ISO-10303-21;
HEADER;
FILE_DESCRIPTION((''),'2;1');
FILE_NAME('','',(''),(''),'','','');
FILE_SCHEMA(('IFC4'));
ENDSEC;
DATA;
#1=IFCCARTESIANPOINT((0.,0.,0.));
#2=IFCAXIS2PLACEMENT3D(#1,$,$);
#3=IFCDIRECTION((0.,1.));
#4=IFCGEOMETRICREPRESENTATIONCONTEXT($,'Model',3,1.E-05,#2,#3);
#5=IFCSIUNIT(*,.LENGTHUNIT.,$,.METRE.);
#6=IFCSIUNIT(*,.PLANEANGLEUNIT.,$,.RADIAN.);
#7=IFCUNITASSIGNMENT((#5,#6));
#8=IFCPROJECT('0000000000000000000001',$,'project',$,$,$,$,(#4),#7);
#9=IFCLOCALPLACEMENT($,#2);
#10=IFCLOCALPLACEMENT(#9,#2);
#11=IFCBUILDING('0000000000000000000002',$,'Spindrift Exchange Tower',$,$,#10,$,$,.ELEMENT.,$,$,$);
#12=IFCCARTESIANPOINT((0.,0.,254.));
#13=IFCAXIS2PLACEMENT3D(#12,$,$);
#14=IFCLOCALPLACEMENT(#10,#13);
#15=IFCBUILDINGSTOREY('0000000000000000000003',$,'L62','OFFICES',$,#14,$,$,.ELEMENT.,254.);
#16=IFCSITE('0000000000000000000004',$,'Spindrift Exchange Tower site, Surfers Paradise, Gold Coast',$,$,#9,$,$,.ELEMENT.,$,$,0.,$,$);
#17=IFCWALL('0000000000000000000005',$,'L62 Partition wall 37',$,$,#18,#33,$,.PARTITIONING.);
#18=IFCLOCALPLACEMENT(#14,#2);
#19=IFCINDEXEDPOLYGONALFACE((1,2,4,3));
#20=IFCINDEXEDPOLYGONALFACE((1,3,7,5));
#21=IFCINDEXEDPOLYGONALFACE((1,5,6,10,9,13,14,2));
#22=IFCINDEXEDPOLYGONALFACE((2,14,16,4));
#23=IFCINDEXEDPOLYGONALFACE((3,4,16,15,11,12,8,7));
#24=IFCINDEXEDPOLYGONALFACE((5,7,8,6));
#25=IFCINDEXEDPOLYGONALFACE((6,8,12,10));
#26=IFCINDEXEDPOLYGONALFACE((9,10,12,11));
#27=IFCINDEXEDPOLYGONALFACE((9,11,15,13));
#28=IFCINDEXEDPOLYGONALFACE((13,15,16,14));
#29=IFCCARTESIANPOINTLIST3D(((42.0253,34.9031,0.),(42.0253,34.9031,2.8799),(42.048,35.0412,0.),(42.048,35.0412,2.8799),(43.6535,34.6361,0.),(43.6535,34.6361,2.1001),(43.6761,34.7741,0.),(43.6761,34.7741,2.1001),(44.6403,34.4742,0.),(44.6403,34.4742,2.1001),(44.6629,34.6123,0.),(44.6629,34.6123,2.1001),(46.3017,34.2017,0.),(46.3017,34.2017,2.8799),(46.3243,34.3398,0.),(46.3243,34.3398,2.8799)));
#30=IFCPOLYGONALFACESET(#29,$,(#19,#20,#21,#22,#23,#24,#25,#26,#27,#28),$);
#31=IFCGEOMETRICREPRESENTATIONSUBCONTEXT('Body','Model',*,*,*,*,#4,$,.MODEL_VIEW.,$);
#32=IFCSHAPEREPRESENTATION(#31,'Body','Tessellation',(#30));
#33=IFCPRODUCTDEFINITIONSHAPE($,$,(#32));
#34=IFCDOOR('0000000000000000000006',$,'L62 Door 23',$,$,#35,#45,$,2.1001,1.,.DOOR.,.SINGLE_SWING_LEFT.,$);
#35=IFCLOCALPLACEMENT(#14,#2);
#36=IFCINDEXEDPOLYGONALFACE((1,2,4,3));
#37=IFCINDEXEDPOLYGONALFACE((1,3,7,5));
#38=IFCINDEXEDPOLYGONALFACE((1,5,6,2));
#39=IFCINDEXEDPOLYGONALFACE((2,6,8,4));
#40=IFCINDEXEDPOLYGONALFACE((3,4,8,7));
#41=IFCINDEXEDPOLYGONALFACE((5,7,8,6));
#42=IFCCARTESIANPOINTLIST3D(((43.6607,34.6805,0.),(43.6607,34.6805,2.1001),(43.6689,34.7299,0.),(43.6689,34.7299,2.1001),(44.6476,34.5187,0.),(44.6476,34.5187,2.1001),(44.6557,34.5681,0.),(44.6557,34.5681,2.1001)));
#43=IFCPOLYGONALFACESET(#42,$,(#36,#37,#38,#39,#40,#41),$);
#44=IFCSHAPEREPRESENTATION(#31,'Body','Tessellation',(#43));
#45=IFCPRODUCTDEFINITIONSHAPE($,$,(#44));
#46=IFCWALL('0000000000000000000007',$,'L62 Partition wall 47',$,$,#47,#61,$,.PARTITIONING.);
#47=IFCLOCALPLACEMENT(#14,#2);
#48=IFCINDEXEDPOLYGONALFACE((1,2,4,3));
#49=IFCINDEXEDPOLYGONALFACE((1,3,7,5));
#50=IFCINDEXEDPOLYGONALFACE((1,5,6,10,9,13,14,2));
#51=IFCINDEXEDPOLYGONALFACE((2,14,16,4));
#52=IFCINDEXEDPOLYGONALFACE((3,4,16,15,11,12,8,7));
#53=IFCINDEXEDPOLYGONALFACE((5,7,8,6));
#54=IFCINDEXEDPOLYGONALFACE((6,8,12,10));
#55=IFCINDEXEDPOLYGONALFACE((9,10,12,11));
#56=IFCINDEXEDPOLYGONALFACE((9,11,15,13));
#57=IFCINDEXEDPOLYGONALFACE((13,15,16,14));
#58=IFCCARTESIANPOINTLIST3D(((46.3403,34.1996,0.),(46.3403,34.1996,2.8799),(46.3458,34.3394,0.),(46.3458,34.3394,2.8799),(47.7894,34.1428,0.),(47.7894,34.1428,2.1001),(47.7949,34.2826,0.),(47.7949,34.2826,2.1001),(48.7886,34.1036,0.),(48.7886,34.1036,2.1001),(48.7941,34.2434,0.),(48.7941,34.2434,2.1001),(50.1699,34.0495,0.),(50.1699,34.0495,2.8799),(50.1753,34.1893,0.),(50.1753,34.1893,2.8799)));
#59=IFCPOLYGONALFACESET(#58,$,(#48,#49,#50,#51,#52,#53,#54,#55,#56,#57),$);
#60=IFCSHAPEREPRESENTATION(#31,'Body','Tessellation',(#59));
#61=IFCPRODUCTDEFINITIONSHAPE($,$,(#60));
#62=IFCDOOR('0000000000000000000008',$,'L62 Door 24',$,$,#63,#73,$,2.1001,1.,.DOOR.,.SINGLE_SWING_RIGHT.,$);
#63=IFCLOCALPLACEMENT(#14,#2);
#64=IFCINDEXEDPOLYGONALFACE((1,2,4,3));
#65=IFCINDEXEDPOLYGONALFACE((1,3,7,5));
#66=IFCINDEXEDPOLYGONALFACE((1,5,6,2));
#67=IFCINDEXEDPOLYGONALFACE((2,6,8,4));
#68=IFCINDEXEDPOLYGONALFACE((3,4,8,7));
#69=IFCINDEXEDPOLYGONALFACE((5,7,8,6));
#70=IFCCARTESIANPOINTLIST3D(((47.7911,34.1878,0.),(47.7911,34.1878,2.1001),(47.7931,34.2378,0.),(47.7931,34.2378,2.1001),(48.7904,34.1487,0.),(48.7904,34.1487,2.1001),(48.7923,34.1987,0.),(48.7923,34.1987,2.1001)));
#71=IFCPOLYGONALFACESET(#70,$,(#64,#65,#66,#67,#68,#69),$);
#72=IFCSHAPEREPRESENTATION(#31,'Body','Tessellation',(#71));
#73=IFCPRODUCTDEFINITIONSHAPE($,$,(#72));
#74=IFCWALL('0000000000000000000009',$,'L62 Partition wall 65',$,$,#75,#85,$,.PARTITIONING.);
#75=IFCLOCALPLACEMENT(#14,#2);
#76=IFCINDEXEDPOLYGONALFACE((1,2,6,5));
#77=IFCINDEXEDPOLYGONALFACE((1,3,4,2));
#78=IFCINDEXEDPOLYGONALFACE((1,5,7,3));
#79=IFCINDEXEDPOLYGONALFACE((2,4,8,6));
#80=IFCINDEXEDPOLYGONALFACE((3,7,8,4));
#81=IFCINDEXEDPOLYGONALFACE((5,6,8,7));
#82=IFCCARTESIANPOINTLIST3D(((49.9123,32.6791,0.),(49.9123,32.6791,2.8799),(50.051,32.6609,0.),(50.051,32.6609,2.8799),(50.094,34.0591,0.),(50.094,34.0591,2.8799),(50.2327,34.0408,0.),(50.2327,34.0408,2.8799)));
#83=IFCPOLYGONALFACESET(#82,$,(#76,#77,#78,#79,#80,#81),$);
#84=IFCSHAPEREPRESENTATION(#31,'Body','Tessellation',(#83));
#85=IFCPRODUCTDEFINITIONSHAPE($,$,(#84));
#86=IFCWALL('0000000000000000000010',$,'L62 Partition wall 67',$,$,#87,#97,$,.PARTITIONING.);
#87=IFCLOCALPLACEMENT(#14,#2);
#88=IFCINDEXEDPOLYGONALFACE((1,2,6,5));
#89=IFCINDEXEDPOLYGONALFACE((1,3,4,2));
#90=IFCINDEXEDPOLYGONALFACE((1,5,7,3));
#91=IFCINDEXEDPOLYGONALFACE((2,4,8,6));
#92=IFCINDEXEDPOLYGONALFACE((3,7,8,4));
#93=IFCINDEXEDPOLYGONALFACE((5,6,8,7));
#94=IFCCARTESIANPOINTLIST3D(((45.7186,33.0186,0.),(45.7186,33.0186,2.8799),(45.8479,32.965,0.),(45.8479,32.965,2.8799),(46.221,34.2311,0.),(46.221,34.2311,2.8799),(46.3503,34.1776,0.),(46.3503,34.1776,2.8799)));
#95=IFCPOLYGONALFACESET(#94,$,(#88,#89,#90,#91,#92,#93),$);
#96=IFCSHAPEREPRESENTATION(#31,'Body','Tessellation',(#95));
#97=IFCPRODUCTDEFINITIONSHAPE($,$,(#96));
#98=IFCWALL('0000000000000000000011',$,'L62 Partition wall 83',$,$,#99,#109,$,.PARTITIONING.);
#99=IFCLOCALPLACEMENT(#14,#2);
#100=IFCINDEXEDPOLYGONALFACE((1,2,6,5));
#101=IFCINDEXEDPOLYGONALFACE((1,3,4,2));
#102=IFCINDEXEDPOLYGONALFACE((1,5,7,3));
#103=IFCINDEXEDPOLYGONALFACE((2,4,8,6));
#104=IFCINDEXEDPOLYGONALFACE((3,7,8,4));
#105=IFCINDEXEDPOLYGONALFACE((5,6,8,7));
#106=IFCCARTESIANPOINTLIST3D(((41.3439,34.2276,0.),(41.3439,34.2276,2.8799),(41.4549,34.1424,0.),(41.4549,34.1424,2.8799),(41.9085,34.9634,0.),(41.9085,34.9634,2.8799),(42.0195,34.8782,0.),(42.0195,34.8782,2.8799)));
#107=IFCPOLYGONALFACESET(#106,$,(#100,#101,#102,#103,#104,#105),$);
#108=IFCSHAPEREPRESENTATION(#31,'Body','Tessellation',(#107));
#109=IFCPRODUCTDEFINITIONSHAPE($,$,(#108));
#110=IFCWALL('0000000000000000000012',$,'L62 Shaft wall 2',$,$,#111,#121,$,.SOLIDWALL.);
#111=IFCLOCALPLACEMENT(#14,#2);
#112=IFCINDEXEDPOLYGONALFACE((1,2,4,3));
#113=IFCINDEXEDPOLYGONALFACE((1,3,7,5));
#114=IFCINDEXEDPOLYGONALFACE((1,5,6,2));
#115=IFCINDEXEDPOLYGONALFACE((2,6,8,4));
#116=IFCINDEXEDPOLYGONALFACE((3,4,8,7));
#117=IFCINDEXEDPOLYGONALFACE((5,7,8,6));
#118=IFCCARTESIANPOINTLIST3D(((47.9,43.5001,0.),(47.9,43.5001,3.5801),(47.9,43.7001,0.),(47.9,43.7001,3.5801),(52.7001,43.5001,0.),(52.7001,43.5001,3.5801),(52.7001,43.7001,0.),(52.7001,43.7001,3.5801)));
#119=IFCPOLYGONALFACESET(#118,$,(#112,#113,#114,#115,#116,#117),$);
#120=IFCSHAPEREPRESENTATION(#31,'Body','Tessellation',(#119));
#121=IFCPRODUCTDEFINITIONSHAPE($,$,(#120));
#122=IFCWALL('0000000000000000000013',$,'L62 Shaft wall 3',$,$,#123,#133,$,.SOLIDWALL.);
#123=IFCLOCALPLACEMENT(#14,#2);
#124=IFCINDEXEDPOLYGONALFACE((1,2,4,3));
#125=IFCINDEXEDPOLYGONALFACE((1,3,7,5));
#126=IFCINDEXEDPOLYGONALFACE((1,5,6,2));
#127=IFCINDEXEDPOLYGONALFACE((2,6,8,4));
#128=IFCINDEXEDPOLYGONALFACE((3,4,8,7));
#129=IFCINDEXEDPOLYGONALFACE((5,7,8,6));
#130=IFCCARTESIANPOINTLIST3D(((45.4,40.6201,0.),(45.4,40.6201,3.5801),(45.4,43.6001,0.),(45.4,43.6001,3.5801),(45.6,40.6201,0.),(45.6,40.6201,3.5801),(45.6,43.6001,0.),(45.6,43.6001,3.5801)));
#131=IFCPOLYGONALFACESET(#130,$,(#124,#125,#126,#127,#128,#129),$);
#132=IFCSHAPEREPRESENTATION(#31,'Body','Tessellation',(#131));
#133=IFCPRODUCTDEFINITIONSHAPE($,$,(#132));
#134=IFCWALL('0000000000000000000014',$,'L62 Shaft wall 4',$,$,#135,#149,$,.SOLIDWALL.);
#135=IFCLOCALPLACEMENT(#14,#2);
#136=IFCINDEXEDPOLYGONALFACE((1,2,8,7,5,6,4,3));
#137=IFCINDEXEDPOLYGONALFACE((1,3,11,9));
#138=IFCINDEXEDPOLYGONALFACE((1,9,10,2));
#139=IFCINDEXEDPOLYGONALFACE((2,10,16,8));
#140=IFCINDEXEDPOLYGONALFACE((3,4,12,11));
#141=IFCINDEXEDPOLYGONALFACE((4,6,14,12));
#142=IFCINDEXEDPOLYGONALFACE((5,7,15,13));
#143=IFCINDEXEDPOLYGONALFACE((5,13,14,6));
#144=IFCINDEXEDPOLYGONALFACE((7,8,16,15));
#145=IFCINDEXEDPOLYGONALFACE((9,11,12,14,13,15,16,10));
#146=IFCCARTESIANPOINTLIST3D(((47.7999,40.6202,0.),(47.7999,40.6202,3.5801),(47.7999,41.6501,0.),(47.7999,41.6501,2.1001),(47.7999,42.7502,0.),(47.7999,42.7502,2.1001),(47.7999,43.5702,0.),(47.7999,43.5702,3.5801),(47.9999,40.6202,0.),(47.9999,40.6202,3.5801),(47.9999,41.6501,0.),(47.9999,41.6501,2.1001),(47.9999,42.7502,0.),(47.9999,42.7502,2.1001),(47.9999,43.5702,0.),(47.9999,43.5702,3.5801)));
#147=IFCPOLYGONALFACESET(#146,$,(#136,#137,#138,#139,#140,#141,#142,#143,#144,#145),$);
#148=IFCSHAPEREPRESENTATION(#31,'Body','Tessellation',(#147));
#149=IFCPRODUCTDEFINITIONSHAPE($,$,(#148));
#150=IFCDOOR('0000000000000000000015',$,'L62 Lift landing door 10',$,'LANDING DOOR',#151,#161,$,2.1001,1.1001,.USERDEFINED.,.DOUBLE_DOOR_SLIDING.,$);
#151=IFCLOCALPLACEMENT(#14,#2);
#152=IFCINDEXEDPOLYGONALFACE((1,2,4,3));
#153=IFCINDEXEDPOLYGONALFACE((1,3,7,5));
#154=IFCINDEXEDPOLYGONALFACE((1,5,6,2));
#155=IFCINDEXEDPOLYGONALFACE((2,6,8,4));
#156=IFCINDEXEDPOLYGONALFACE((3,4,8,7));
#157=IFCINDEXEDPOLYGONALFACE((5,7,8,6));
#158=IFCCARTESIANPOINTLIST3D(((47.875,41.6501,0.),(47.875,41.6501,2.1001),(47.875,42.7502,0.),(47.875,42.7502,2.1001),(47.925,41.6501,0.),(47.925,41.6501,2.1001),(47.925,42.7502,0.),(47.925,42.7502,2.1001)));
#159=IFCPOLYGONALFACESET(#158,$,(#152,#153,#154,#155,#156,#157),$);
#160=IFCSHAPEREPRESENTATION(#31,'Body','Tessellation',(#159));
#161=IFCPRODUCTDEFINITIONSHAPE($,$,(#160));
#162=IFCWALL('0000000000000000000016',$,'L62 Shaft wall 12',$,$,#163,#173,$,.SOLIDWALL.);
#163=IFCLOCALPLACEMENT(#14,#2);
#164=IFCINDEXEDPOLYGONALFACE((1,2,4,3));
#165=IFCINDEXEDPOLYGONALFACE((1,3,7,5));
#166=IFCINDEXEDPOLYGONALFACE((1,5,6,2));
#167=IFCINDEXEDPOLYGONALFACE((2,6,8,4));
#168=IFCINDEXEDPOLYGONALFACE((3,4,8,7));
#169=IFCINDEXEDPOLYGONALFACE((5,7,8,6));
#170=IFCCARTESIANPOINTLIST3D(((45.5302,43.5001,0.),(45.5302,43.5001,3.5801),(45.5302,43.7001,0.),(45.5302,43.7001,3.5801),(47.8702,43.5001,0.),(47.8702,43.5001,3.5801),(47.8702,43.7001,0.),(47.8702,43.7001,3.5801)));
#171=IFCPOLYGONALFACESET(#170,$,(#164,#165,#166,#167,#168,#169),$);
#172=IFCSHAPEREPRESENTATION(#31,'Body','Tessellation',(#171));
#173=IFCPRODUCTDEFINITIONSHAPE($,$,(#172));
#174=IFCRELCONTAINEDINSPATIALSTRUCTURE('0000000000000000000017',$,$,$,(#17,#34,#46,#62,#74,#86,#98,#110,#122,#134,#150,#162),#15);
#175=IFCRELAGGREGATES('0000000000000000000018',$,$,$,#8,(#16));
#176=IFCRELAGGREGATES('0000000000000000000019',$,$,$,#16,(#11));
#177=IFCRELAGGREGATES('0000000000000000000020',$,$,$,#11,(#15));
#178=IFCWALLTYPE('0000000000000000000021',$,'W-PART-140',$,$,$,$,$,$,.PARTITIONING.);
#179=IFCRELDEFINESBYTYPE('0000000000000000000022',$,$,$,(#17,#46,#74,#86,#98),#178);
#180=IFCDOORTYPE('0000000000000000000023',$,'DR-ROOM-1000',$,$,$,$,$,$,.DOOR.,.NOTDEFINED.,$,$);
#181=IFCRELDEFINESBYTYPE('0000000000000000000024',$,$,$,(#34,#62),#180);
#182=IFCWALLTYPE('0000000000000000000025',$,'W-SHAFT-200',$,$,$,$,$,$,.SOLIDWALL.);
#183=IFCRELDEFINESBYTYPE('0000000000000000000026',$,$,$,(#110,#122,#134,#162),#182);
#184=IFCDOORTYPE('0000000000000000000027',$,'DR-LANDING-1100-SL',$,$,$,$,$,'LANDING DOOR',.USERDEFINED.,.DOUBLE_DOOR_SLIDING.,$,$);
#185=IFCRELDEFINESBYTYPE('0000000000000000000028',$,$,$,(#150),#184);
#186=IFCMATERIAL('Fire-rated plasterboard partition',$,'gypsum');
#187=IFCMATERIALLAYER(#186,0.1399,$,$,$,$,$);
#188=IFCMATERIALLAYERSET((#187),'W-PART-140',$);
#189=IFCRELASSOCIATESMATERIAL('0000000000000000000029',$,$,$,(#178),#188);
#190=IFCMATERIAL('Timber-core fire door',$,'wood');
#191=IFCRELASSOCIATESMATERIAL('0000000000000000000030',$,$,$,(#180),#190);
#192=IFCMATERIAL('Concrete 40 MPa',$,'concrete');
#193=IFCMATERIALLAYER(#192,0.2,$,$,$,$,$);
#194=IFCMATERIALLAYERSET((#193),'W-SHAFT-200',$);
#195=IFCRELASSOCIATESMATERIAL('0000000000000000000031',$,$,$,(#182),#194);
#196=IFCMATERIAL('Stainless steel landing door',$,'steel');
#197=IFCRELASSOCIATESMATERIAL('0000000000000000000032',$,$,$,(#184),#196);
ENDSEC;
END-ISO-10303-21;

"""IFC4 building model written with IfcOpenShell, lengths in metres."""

from ifc_helpers import new_model, si_unit, direction, frame, frame_2d, origin, place, context, subcontext, project, spatial, rectangle, extrude, source, transform, mapped, material, layer, layer_set, type_object, element, fill, save


model = new_model("IFC4")

# Units and contexts
model_context = context("Model", 3, precision=1e-05, world=origin(), true_north=direction((0.0, 1.0)))
body_context = subcontext(model_context, "Body", "Model", "MODEL_VIEW")
ifc_project = project(units=[si_unit("LENGTHUNIT", "METRE"), si_unit("PLANEANGLEUNIT", "RADIAN")], contexts=[model_context])

# Site, building, storey
site_placement = place(None, origin())
site = spatial("IfcSite", under=ifc_project, at=site_placement, Name="Spindrift Exchange Tower site, Surfers Paradise, Gold Coast", CompositionType="ELEMENT", RefElevation=0.0)
building_placement = place(site_placement, origin())
building = spatial("IfcBuilding", under=site, at=building_placement, Name="Spindrift Exchange Tower", CompositionType="ELEMENT")
storey_placement = place(building_placement, frame((0.0, 0.0, 254.0)))
storey = spatial("IfcBuildingStorey", under=building, at=storey_placement, Name="L62", Description="OFFICES", CompositionType="ELEMENT", Elevation=254.0)

# Shared definitions
ifc_material_1 = material(Name="Concrete 40 MPa", Category="concrete")

# Shared definitions
ifc_material_2 = material(Name="Timber-core fire door", Category="wood")

# Walls, openings, doors
ifc_material_3 = material(Name="Fire-rated plasterboard partition", Category="gypsum")
ifc_layer_1 = layer(ifc_material_3, 0.1399)
ifc_layer_set_1 = layer_set([ifc_layer_1], Name="W-PART-140")
wall_type_1 = type_object("IfcWallType", Name="W-PART-140", PredefinedType="PARTITIONING", material=ifc_layer_set_1)
door_type_1 = type_object("IfcDoorType", Name="DR-ROOM-1000", OperationType="NOTDEFINED", PredefinedType="DOOR", material=ifc_material_2)
shared_shape_1 = source(origin(), body_context, "Body", "SweptSolid", [
    extrude(rectangle(XDim=1.0, YDim=2.1001, at=frame_2d((0.5, 1.05))), frame((0.0, 0.0249, 0.0), z_axis=(0.0, -1.0, 0.0), x_axis=(1.0, 0.0, 0.0)), (0.0, 0.0, 1.0), 0.05),
])
wall_1_placement = place(storey_placement, frame((46.313, 34.2708, 0.0), z_axis=(0.0, 0.0, 1.0), x_axis=(-0.986814, 0.161859, 0.0)))
wall_1 = element("IfcWall", 1, at=wall_1_placement, inside=storey, type_object=wall_type_1, Name="L62 Partition wall 37", PredefinedType="PARTITIONING", context=body_context, shape_type="SweptSolid", body=[
    extrude(rectangle(XDim=4.3335, YDim=0.1399, at=frame_2d((2.1667, 0.0))), origin(), (0.0, 0.0, 1.0), 2.8799),
])
opening_1_placement = place(wall_1_placement, frame((1.6836, 0.0, 0.0)))
opening_1 = element("IfcOpeningElement", 2, at=opening_1_placement, cuts=wall_1, PredefinedType="OPENING", context=body_context, shape_type="SweptSolid", body=[
    extrude(rectangle(XDim=1.0, YDim=2.1001, at=frame_2d((0.5, 1.05))), frame((0.0, 0.0798, 0.0), z_axis=(0.0, -1.0, 0.0), x_axis=(1.0, 0.0, 0.0)), (0.0, 0.0, 1.0), 0.1599),
])
door_1_placement = place(opening_1_placement, origin())
door_1 = element("IfcDoor", 3, at=door_1_placement, inside=storey, type_object=door_type_1, Name="L62 Door 23", OperationType="SINGLE_SWING_LEFT", OverallHeight=2.1001, OverallWidth=1.0, PredefinedType="DOOR", context=body_context, shape_type="MappedRepresentation", body=[
    mapped(shared_shape_1, transform((0.0, 0.0, 0.0), scale=1.0)),
])
fill(opening_1, door_1)
wall_2_placement = place(storey_placement, frame((50.1726, 34.1194, 0.0), z_axis=(0.0, 0.0, 1.0), x_axis=(-0.999232, 0.039177, 0.0)))
wall_2 = element("IfcWall", 4, at=wall_2_placement, inside=storey, type_object=wall_type_1, Name="L62 Partition wall 47", PredefinedType="PARTITIONING", context=body_context, shape_type="SweptSolid", body=[
    extrude(rectangle(XDim=3.8325, YDim=0.1399, at=frame_2d((1.9163, 0.0))), origin(), (0.0, 0.0, 1.0), 2.8799),
])
opening_2_placement = place(wall_2_placement, frame((1.3823, 0.0, 0.0)))
opening_2 = element("IfcOpeningElement", 5, at=opening_2_placement, cuts=wall_2, PredefinedType="OPENING", context=body_context, shape_type="SweptSolid", body=[
    extrude(rectangle(XDim=1.0, YDim=2.1001, at=frame_2d((0.5, 1.05))), frame((0.0, 0.0798, 0.0), z_axis=(0.0, -1.0, 0.0), x_axis=(1.0, 0.0, 0.0)), (0.0, 0.0, 1.0), 0.1599),
])
door_2_placement = place(opening_2_placement, origin())
door_2 = element("IfcDoor", 6, at=door_2_placement, inside=storey, type_object=door_type_1, Name="L62 Door 24", OperationType="SINGLE_SWING_RIGHT", OverallHeight=2.1001, OverallWidth=1.0, PredefinedType="DOOR", context=body_context, shape_type="MappedRepresentation", body=[
    mapped(shared_shape_1, transform((0.0, 0.0, 0.0), scale=1.0)),
])
fill(opening_2, door_2)

# Walls
wall_3_placement = place(storey_placement, frame((50.1633, 34.0498, 0.0), z_axis=(0.0, 0.0, 1.0), x_axis=(-0.130509, -0.991447, 0.0)))
element("IfcWall", 7, at=wall_3_placement, inside=storey, type_object=wall_type_1, Name="L62 Partition wall 65", PredefinedType="PARTITIONING", context=body_context, shape_type="SweptSolid", body=[
    extrude(rectangle(XDim=1.3918, YDim=0.1399, at=frame_2d((0.6958, 0.0))), origin(), (0.0, 0.0, 1.0), 2.8799),
])
wall_4_placement = place(storey_placement, frame((46.2856, 34.2043, 0.0), z_axis=(0.0, 0.0, 1.0), x_axis=(-0.382779, -0.92384, 0.0)))
element("IfcWall", 8, at=wall_4_placement, inside=storey, type_object=wall_type_1, Name="L62 Partition wall 67", PredefinedType="PARTITIONING", context=body_context, shape_type="SweptSolid", body=[
    extrude(rectangle(XDim=1.3125, YDim=0.1399, at=frame_2d((0.6562, 0.0))), origin(), (0.0, 0.0, 1.0), 2.8799),
])
wall_5_placement = place(storey_placement, frame((41.9641, 34.9209, 0.0), z_axis=(0.0, 0.0, 1.0), x_axis=(-0.608807, -0.793318, 0.0)))
element("IfcWall", 9, at=wall_5_placement, inside=storey, type_object=wall_type_1, Name="L62 Partition wall 83", PredefinedType="PARTITIONING", context=body_context, shape_type="SweptSolid", body=[
    extrude(rectangle(XDim=0.9275, YDim=0.1399, at=frame_2d((0.4639, 0.0))), origin(), (0.0, 0.0, 1.0), 2.8799),
])
ifc_layer_2 = layer(ifc_material_1, 0.2)
ifc_layer_set_2 = layer_set([ifc_layer_2], Name="W-SHAFT-200")
wall_type_2 = type_object("IfcWallType", Name="W-SHAFT-200", PredefinedType="SOLIDWALL", material=ifc_layer_set_2)
wall_6_placement = place(storey_placement, frame((52.7, 43.6001, 0.0), z_axis=(0.0, 0.0, 1.0), x_axis=(-1.0, 0.0, 0.0)))
element("IfcWall", 10, at=wall_6_placement, inside=storey, type_object=wall_type_2, Name="L62 Shaft wall 2", PredefinedType="SOLIDWALL", context=body_context, shape_type="SweptSolid", body=[
    extrude(rectangle(XDim=4.8, YDim=0.2, at=frame_2d((2.3999, 0.0))), origin(), (0.0, 0.0, 1.0), 3.5801),
])
wall_7_placement = place(storey_placement, frame((45.5, 43.6001, 0.0), z_axis=(0.0, 0.0, 1.0), x_axis=(0.0, -1.0, 0.0)))
element("IfcWall", 11, at=wall_7_placement, inside=storey, type_object=wall_type_2, Name="L62 Shaft wall 3", PredefinedType="SOLIDWALL", context=body_context, shape_type="SweptSolid", body=[
    extrude(rectangle(XDim=2.98, YDim=0.2, at=frame_2d((1.49, 0.0))), origin(), (0.0, 0.0, 1.0), 3.5801),
])

# Wall, opening, door
wall_8_placement = place(storey_placement, frame((47.8999, 40.6201, 0.0), z_axis=(0.0, 0.0, 1.0), x_axis=(0.0, 1.0, 0.0)))
wall_8 = element("IfcWall", 12, at=wall_8_placement, inside=storey, type_object=wall_type_2, Name="L62 Shaft wall 4", PredefinedType="SOLIDWALL", context=body_context, shape_type="SweptSolid", body=[
    extrude(rectangle(XDim=2.95, YDim=0.2, at=frame_2d((1.4751, 0.0))), origin(), (0.0, 0.0, 1.0), 3.5801),
])
opening_3_placement = place(wall_8_placement, frame((1.03, 0.0, 0.0)))
opening_3 = element("IfcOpeningElement", 13, at=opening_3_placement, cuts=wall_8, PredefinedType="OPENING", context=body_context, shape_type="SweptSolid", body=[
    extrude(rectangle(XDim=1.1001, YDim=2.1001, at=frame_2d((0.55, 1.05))), frame((0.0, 0.1099, 0.0), z_axis=(0.0, -1.0, 0.0), x_axis=(1.0, 0.0, 0.0)), (0.0, 0.0, 1.0), 0.22),
])
ifc_material_4 = material(Name="Stainless steel landing door", Category="steel")
door_type_2 = type_object("IfcDoorType", Name="DR-LANDING-1100-SL", ElementType="LANDING DOOR", OperationType="DOUBLE_DOOR_SLIDING", PredefinedType="USERDEFINED", material=ifc_material_4)
shared_shape_2 = source(origin(), body_context, "Body", "SweptSolid", [
    extrude(rectangle(XDim=1.1001, YDim=2.1001, at=frame_2d((0.55, 1.05))), frame((0.0, 0.0249, 0.0), z_axis=(0.0, -1.0, 0.0), x_axis=(1.0, 0.0, 0.0)), (0.0, 0.0, 1.0), 0.05),
])
door_3_placement = place(opening_3_placement, origin())
door_3 = element("IfcDoor", 14, at=door_3_placement, inside=storey, type_object=door_type_2, Name="L62 Lift landing door 10", ObjectType="LANDING DOOR", OperationType="DOUBLE_DOOR_SLIDING", OverallHeight=2.1001, OverallWidth=1.1001, PredefinedType="USERDEFINED", context=body_context, shape_type="MappedRepresentation", body=[
    mapped(shared_shape_2, transform((0.0, 0.0, 0.0), scale=1.0)),
])
fill(opening_3, door_3)

# Wall
wall_9_placement = place(storey_placement, frame((47.8701, 43.6001, 0.0), z_axis=(0.0, 0.0, 1.0), x_axis=(-1.0, 0.0, 0.0)))
element("IfcWall", 15, at=wall_9_placement, inside=storey, type_object=wall_type_2, Name="L62 Shaft wall 12", PredefinedType="SOLIDWALL", context=body_context, shape_type="SweptSolid", body=[
    extrude(rectangle(XDim=2.3401, YDim=0.2, at=frame_2d((1.1699, 0.0))), origin(), (0.0, 0.0, 1.0), 3.5801),
])

save(model, "model.ifc")
